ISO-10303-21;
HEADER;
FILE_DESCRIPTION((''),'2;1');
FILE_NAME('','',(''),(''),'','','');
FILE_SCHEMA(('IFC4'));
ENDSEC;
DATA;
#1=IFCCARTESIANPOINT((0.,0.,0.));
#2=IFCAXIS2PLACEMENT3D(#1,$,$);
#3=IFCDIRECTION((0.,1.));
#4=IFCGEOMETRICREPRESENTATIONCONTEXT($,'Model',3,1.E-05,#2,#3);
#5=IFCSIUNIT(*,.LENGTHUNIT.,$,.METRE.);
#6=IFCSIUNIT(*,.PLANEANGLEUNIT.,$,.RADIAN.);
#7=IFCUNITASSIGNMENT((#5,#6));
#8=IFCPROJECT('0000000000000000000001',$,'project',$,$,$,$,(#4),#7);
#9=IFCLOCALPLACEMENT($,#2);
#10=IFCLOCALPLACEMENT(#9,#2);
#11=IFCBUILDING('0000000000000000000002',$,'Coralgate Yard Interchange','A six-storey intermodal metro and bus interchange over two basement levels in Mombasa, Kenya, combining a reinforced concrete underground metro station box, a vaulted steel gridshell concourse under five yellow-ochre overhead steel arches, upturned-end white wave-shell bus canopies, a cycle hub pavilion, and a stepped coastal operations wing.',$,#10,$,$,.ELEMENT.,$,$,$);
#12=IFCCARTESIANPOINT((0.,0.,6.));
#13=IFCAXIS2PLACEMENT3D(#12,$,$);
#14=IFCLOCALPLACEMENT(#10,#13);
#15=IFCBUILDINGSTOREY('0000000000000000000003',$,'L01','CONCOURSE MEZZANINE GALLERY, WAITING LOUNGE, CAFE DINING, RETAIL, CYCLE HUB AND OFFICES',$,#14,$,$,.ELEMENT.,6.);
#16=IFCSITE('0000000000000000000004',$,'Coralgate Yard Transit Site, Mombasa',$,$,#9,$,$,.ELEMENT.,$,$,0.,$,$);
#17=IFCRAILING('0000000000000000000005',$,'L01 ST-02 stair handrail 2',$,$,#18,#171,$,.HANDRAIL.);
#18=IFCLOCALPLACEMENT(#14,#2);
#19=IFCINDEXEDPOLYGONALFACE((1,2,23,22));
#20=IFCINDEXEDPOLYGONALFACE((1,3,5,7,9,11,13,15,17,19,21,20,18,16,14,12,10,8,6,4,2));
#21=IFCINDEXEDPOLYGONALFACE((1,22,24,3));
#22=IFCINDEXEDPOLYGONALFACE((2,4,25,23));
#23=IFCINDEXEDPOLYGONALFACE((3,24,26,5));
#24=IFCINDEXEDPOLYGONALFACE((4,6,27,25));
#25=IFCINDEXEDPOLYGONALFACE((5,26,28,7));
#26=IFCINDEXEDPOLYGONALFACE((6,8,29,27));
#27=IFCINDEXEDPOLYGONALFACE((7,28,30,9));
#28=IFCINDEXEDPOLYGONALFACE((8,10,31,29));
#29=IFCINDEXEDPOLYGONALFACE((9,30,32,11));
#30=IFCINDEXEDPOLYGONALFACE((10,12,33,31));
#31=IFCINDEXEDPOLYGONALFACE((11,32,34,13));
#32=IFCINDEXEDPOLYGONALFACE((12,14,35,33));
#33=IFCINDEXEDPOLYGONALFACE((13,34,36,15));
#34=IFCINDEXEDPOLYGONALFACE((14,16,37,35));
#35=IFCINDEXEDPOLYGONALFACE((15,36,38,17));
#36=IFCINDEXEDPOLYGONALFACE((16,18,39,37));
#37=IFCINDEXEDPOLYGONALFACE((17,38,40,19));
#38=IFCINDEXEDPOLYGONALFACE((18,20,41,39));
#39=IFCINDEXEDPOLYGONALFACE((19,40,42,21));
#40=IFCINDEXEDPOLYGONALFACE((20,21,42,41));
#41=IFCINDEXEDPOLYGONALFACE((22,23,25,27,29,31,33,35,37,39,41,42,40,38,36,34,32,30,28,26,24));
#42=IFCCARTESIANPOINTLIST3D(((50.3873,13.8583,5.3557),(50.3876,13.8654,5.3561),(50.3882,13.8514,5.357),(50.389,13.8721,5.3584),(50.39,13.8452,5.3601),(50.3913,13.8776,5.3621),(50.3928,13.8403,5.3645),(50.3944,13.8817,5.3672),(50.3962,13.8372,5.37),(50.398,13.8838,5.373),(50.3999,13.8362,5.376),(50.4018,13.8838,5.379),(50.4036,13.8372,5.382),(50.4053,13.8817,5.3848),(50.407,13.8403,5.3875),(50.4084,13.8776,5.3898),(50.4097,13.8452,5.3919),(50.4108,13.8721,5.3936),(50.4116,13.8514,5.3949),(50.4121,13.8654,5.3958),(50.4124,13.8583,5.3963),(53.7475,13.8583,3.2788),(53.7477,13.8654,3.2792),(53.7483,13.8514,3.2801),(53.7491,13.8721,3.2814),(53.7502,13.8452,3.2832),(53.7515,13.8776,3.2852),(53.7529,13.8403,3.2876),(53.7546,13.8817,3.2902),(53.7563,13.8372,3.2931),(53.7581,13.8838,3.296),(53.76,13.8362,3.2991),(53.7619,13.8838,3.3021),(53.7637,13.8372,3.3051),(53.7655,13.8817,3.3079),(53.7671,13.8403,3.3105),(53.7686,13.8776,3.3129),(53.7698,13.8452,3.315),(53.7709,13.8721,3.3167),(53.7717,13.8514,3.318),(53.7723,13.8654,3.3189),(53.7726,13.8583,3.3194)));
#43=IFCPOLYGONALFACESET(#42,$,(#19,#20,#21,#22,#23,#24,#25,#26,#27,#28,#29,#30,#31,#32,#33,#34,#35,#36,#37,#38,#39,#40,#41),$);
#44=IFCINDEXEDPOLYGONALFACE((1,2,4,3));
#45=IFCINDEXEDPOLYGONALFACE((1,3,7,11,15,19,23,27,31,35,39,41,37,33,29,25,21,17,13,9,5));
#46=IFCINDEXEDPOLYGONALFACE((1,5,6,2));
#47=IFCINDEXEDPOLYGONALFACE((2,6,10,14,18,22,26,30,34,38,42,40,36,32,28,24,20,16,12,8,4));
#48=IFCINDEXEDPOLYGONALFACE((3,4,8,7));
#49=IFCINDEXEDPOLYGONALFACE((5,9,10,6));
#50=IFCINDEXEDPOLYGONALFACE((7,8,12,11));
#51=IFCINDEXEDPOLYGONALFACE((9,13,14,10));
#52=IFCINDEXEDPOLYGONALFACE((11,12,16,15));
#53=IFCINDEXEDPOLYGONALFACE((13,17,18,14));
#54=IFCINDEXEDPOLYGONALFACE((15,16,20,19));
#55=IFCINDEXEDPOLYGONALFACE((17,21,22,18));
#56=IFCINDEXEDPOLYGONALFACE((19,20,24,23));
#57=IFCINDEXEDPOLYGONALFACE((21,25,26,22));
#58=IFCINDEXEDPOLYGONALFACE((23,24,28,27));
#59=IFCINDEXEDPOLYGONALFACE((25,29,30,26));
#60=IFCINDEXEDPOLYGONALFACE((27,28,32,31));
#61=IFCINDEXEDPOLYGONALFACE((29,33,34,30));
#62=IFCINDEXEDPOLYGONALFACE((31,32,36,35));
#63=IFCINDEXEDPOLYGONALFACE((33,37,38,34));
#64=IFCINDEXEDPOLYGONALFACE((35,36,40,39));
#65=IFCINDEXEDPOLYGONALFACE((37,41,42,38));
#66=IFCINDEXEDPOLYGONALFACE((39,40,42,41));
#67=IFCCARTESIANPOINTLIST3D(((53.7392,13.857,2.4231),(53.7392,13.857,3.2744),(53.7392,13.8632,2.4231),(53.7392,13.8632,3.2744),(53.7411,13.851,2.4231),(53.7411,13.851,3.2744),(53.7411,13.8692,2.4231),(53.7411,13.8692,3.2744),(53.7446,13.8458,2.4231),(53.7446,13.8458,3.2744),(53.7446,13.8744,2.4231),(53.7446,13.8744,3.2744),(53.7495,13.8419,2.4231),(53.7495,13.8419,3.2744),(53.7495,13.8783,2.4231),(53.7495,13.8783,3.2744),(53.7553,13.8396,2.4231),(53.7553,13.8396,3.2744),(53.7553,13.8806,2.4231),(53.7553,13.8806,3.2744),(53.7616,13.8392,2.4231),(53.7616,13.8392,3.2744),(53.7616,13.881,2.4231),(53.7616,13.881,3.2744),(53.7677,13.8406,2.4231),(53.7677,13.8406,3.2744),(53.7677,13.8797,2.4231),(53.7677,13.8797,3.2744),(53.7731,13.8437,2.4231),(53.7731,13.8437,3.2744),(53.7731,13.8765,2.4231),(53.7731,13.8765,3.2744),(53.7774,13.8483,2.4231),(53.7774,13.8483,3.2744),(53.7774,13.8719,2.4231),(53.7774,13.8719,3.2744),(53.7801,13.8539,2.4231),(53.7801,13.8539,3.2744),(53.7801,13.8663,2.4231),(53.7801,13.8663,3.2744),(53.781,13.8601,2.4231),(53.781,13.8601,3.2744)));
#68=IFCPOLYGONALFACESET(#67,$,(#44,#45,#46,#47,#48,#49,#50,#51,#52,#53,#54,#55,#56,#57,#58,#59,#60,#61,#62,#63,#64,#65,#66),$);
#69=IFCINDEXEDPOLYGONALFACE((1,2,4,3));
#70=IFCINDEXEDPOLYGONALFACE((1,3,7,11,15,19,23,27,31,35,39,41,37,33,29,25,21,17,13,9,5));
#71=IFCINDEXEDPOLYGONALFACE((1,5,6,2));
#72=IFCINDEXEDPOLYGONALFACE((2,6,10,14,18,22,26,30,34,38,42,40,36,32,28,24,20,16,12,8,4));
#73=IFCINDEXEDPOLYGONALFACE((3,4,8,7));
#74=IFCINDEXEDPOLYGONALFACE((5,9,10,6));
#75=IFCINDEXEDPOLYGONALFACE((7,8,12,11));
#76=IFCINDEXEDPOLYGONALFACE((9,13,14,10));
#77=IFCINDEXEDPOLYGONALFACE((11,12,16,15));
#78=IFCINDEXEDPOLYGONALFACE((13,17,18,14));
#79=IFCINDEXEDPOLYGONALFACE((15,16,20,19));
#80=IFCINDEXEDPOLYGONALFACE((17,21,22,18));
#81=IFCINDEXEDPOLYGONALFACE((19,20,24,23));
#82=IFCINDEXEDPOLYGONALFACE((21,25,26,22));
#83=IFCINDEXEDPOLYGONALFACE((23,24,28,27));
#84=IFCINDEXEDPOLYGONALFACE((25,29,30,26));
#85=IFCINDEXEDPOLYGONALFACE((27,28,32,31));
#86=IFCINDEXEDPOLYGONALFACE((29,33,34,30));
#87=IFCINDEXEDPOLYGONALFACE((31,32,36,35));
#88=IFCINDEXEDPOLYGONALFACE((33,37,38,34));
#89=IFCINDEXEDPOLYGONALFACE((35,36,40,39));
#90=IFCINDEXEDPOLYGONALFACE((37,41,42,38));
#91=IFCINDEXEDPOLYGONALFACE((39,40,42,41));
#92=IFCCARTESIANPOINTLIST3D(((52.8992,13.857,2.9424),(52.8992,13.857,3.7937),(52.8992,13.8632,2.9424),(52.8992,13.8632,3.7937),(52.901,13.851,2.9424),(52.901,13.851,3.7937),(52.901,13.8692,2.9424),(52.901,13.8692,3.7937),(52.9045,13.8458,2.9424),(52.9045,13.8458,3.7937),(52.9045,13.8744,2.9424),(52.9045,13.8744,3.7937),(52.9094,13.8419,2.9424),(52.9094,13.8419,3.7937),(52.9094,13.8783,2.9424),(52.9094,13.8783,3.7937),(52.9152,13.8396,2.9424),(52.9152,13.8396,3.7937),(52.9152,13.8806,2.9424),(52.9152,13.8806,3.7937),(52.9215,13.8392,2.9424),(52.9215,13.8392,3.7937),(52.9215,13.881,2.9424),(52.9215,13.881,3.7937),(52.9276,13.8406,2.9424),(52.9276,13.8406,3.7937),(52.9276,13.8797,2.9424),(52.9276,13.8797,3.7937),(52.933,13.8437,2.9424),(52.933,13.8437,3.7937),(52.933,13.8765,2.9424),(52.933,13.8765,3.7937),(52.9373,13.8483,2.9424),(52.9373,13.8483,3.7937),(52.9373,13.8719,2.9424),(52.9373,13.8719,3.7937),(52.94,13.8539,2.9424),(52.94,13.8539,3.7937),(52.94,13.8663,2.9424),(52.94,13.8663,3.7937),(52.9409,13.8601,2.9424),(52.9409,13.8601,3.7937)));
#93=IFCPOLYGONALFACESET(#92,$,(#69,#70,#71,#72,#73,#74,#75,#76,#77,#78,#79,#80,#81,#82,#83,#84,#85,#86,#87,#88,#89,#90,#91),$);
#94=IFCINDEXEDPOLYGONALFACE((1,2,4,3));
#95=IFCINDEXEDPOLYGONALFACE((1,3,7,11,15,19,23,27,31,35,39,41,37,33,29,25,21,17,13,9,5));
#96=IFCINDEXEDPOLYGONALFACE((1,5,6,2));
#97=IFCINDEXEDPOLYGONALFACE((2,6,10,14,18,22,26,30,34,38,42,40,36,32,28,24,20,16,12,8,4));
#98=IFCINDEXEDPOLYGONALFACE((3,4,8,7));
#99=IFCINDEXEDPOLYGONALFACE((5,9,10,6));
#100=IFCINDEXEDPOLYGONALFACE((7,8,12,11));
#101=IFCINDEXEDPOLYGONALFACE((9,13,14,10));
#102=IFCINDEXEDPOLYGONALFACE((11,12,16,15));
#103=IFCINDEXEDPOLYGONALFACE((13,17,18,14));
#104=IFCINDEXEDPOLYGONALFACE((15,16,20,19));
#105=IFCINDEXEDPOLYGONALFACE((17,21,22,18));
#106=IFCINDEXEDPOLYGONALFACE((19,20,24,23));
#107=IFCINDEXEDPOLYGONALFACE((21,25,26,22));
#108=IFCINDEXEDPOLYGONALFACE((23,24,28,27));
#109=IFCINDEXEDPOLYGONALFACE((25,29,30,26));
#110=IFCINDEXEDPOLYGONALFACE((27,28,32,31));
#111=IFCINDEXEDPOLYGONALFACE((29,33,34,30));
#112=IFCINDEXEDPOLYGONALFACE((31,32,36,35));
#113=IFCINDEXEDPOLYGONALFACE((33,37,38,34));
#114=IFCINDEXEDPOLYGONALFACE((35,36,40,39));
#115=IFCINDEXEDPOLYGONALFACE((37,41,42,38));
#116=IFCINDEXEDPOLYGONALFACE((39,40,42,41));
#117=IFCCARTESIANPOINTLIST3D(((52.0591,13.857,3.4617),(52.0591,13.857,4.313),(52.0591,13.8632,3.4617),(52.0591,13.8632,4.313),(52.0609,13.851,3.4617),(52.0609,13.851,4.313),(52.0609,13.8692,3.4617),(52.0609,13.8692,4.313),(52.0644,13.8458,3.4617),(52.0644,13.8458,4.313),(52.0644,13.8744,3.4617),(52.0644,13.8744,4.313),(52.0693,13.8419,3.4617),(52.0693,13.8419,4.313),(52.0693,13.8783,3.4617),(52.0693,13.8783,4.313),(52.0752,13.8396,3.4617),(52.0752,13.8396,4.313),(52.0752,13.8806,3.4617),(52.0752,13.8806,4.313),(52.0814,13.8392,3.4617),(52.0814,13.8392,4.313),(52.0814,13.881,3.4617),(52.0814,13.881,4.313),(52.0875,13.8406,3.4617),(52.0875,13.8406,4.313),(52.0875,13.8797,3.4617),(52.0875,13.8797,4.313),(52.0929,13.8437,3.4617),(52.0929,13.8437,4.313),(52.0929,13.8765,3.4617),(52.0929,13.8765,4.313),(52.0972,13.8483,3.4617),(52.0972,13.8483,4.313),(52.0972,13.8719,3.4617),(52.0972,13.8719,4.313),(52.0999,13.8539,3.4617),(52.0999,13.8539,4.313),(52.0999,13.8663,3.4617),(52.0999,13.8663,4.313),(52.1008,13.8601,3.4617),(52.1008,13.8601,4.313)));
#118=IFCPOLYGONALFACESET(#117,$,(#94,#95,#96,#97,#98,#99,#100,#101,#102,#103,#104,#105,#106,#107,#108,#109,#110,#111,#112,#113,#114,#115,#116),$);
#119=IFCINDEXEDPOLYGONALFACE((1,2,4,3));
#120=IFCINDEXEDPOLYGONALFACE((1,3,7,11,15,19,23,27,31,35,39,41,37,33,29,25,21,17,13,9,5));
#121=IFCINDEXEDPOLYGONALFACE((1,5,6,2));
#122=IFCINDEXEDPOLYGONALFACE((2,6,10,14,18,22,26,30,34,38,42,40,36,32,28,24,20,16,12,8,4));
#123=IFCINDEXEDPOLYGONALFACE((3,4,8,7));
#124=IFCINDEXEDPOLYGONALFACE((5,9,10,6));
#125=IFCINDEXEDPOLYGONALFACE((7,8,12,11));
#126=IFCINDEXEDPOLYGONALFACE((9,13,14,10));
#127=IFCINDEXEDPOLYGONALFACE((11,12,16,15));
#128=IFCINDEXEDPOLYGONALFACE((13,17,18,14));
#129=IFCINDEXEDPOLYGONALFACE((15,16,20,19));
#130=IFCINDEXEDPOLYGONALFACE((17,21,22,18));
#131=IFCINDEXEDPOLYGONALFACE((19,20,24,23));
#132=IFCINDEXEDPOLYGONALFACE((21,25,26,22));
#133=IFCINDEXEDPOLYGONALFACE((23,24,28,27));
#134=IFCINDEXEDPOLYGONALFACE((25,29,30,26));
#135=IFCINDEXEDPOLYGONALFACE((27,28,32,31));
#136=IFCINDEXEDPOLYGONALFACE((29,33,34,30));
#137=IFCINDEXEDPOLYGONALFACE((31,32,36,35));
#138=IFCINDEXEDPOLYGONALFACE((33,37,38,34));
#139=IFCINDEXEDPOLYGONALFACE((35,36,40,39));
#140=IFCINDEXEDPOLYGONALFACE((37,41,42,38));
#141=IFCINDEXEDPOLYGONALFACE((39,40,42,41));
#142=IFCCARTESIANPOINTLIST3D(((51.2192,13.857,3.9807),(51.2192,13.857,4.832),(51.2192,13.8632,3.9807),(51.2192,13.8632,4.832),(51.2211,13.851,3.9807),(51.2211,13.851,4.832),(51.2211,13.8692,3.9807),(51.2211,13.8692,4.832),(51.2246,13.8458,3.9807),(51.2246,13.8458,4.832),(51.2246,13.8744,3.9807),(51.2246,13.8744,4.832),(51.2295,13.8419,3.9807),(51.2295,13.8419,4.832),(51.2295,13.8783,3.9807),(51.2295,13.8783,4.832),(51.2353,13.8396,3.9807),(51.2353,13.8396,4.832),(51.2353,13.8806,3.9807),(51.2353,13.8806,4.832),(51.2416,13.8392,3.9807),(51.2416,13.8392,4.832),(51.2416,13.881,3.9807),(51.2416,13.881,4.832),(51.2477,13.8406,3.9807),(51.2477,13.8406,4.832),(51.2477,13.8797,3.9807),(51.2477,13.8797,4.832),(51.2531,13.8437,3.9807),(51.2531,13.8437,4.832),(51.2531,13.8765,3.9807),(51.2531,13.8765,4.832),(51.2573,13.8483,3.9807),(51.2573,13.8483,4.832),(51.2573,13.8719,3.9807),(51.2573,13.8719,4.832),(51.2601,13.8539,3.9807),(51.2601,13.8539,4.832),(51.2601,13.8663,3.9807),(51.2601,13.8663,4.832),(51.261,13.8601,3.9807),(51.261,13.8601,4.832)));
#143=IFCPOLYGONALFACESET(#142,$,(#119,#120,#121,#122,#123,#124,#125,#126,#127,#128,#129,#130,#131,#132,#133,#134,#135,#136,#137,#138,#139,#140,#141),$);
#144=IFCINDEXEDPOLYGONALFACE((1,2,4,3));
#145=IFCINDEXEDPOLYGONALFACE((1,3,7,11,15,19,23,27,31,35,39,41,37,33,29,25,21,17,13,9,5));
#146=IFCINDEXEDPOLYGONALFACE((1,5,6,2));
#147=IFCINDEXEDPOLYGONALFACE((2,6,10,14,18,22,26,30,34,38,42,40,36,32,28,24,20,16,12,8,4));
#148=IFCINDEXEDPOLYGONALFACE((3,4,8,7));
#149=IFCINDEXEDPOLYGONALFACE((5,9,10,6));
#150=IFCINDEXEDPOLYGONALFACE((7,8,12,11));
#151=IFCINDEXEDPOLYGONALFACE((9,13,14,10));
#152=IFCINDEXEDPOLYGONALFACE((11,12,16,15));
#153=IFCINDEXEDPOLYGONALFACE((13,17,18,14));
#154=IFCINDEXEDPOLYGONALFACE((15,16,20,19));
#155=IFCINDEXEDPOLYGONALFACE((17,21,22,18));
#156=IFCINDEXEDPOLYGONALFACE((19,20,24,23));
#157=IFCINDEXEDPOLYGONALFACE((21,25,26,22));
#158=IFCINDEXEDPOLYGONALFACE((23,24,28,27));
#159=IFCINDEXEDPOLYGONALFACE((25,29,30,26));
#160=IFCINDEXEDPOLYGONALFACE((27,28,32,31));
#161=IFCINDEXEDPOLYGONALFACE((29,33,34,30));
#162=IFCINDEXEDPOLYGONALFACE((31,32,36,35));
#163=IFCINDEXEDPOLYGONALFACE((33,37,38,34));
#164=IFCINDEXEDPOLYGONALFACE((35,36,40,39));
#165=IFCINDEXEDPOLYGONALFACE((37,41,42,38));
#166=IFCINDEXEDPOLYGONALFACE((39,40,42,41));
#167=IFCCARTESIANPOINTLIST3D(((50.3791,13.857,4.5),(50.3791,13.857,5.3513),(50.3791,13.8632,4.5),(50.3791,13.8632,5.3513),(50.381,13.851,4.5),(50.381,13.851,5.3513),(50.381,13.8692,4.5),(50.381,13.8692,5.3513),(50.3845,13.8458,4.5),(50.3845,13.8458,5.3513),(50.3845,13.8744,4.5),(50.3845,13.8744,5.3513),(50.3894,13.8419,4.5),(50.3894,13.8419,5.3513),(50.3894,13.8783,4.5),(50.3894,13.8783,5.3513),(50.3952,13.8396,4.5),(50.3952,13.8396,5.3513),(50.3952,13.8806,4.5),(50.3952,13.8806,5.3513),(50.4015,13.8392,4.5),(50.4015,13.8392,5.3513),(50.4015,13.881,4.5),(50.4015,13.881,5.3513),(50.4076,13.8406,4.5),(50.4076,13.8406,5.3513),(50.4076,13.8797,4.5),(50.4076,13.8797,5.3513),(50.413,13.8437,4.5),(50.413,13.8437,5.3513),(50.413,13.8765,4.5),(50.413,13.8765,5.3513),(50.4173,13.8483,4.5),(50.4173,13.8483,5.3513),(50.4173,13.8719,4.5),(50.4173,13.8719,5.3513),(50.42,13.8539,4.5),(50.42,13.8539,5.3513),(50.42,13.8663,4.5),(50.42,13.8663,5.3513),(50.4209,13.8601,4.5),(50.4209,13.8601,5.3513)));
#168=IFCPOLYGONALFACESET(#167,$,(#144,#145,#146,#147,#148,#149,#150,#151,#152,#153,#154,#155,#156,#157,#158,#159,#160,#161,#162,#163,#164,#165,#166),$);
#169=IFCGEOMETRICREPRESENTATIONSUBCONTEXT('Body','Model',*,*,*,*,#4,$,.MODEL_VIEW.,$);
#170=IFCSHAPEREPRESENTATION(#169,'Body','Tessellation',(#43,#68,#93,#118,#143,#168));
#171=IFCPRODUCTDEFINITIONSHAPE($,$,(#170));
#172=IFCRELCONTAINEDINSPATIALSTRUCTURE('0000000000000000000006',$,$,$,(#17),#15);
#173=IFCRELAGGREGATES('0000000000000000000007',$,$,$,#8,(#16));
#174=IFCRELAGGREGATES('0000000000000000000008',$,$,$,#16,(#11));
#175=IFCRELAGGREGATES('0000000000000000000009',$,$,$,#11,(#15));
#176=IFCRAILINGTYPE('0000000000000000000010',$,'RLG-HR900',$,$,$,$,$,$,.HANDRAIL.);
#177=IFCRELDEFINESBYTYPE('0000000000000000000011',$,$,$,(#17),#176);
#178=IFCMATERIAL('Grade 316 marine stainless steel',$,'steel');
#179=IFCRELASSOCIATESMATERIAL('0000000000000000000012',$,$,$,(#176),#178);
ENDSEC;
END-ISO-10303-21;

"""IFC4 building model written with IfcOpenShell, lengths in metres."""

from ifc_helpers import new_model, si_unit, direction, frame, origin, origin_2d, place, context, subcontext, project, spatial, circle, extrude, material, type_object, element, save


model = new_model("IFC4")

# Units and contexts
model_context = context("Model", 3, precision=1e-05, world=origin(), true_north=direction((0.0, 1.0)))
body_context = subcontext(model_context, "Body", "Model", "MODEL_VIEW")
ifc_project = project(units=[si_unit("LENGTHUNIT", "METRE"), si_unit("PLANEANGLEUNIT", "RADIAN")], contexts=[model_context])

# Site, building, storey
site_placement = place(None, origin())
site = spatial("IfcSite", under=ifc_project, at=site_placement, Name="Coralgate Yard Transit Site, Mombasa", CompositionType="ELEMENT", RefElevation=0.0)
building_placement = place(site_placement, origin())
building = spatial("IfcBuilding", under=site, at=building_placement, Name="Coralgate Yard Interchange", Description="A six-storey intermodal metro and bus interchange over two basement levels in Mombasa, Kenya, combining a reinforced concrete underground metro station box, a vaulted steel gridshell concourse under five yellow-ochre overhead steel arches, upturned-end white wave-shell bus canopies, a cycle hub pavilion, and a stepped coastal operations wing.", CompositionType="ELEMENT")
storey_placement = place(building_placement, frame((0.0, 0.0, 6.0)))
storey = spatial("IfcBuildingStorey", under=building, at=storey_placement, Name="L01", Description="CONCOURSE MEZZANINE GALLERY, WAITING LOUNGE, CAFE DINING, RETAIL, CYCLE HUB AND OFFICES", CompositionType="ELEMENT", Elevation=6.0)

# Railing
ifc_material_1 = material(Name="Grade 316 marine stainless steel", Category="steel")
railing_type_1 = type_object("IfcRailingType", Name="RLG-HR900", PredefinedType="HANDRAIL", material=ifc_material_1)
railing_1_placement = place(storey_placement, frame((53.76, 13.8601, 2.4231)))
element("IfcRailing", 1, at=railing_1_placement, inside=storey, type_object=railing_type_1, Name="L01 ST-02 stair handrail 2", PredefinedType="HANDRAIL", context=body_context, shape_type="SweptSolid", body=[
    extrude(circle(Radius=0.0239, at=origin_2d()), frame((0.0, 0.0, 0.876), z_axis=(-0.850623, 0.0, 0.525776), x_axis=(0.0, -1.0, 0.0)), (0.0, 0.0, 1.0), 3.9502),
    extrude(circle(Radius=0.021, at=origin_2d()), origin(), (0.0, 0.0, 1.0), 0.8513),
    extrude(circle(Radius=0.021, at=origin_2d()), frame((-0.8401, 0.0, 0.5193)), (0.0, 0.0, 1.0), 0.8513),
    extrude(circle(Radius=0.021, at=origin_2d()), frame((-1.6802, 0.0, 1.0386)), (0.0, 0.0, 1.0), 0.8513),
    extrude(circle(Radius=0.021, at=origin_2d()), frame((-2.52, 0.0, 1.5576)), (0.0, 0.0, 1.0), 0.8513),
    extrude(circle(Radius=0.021, at=origin_2d()), frame((-3.3601, 0.0, 2.0769)), (0.0, 0.0, 1.0), 0.8513),
])

save(model, "model.ifc")
